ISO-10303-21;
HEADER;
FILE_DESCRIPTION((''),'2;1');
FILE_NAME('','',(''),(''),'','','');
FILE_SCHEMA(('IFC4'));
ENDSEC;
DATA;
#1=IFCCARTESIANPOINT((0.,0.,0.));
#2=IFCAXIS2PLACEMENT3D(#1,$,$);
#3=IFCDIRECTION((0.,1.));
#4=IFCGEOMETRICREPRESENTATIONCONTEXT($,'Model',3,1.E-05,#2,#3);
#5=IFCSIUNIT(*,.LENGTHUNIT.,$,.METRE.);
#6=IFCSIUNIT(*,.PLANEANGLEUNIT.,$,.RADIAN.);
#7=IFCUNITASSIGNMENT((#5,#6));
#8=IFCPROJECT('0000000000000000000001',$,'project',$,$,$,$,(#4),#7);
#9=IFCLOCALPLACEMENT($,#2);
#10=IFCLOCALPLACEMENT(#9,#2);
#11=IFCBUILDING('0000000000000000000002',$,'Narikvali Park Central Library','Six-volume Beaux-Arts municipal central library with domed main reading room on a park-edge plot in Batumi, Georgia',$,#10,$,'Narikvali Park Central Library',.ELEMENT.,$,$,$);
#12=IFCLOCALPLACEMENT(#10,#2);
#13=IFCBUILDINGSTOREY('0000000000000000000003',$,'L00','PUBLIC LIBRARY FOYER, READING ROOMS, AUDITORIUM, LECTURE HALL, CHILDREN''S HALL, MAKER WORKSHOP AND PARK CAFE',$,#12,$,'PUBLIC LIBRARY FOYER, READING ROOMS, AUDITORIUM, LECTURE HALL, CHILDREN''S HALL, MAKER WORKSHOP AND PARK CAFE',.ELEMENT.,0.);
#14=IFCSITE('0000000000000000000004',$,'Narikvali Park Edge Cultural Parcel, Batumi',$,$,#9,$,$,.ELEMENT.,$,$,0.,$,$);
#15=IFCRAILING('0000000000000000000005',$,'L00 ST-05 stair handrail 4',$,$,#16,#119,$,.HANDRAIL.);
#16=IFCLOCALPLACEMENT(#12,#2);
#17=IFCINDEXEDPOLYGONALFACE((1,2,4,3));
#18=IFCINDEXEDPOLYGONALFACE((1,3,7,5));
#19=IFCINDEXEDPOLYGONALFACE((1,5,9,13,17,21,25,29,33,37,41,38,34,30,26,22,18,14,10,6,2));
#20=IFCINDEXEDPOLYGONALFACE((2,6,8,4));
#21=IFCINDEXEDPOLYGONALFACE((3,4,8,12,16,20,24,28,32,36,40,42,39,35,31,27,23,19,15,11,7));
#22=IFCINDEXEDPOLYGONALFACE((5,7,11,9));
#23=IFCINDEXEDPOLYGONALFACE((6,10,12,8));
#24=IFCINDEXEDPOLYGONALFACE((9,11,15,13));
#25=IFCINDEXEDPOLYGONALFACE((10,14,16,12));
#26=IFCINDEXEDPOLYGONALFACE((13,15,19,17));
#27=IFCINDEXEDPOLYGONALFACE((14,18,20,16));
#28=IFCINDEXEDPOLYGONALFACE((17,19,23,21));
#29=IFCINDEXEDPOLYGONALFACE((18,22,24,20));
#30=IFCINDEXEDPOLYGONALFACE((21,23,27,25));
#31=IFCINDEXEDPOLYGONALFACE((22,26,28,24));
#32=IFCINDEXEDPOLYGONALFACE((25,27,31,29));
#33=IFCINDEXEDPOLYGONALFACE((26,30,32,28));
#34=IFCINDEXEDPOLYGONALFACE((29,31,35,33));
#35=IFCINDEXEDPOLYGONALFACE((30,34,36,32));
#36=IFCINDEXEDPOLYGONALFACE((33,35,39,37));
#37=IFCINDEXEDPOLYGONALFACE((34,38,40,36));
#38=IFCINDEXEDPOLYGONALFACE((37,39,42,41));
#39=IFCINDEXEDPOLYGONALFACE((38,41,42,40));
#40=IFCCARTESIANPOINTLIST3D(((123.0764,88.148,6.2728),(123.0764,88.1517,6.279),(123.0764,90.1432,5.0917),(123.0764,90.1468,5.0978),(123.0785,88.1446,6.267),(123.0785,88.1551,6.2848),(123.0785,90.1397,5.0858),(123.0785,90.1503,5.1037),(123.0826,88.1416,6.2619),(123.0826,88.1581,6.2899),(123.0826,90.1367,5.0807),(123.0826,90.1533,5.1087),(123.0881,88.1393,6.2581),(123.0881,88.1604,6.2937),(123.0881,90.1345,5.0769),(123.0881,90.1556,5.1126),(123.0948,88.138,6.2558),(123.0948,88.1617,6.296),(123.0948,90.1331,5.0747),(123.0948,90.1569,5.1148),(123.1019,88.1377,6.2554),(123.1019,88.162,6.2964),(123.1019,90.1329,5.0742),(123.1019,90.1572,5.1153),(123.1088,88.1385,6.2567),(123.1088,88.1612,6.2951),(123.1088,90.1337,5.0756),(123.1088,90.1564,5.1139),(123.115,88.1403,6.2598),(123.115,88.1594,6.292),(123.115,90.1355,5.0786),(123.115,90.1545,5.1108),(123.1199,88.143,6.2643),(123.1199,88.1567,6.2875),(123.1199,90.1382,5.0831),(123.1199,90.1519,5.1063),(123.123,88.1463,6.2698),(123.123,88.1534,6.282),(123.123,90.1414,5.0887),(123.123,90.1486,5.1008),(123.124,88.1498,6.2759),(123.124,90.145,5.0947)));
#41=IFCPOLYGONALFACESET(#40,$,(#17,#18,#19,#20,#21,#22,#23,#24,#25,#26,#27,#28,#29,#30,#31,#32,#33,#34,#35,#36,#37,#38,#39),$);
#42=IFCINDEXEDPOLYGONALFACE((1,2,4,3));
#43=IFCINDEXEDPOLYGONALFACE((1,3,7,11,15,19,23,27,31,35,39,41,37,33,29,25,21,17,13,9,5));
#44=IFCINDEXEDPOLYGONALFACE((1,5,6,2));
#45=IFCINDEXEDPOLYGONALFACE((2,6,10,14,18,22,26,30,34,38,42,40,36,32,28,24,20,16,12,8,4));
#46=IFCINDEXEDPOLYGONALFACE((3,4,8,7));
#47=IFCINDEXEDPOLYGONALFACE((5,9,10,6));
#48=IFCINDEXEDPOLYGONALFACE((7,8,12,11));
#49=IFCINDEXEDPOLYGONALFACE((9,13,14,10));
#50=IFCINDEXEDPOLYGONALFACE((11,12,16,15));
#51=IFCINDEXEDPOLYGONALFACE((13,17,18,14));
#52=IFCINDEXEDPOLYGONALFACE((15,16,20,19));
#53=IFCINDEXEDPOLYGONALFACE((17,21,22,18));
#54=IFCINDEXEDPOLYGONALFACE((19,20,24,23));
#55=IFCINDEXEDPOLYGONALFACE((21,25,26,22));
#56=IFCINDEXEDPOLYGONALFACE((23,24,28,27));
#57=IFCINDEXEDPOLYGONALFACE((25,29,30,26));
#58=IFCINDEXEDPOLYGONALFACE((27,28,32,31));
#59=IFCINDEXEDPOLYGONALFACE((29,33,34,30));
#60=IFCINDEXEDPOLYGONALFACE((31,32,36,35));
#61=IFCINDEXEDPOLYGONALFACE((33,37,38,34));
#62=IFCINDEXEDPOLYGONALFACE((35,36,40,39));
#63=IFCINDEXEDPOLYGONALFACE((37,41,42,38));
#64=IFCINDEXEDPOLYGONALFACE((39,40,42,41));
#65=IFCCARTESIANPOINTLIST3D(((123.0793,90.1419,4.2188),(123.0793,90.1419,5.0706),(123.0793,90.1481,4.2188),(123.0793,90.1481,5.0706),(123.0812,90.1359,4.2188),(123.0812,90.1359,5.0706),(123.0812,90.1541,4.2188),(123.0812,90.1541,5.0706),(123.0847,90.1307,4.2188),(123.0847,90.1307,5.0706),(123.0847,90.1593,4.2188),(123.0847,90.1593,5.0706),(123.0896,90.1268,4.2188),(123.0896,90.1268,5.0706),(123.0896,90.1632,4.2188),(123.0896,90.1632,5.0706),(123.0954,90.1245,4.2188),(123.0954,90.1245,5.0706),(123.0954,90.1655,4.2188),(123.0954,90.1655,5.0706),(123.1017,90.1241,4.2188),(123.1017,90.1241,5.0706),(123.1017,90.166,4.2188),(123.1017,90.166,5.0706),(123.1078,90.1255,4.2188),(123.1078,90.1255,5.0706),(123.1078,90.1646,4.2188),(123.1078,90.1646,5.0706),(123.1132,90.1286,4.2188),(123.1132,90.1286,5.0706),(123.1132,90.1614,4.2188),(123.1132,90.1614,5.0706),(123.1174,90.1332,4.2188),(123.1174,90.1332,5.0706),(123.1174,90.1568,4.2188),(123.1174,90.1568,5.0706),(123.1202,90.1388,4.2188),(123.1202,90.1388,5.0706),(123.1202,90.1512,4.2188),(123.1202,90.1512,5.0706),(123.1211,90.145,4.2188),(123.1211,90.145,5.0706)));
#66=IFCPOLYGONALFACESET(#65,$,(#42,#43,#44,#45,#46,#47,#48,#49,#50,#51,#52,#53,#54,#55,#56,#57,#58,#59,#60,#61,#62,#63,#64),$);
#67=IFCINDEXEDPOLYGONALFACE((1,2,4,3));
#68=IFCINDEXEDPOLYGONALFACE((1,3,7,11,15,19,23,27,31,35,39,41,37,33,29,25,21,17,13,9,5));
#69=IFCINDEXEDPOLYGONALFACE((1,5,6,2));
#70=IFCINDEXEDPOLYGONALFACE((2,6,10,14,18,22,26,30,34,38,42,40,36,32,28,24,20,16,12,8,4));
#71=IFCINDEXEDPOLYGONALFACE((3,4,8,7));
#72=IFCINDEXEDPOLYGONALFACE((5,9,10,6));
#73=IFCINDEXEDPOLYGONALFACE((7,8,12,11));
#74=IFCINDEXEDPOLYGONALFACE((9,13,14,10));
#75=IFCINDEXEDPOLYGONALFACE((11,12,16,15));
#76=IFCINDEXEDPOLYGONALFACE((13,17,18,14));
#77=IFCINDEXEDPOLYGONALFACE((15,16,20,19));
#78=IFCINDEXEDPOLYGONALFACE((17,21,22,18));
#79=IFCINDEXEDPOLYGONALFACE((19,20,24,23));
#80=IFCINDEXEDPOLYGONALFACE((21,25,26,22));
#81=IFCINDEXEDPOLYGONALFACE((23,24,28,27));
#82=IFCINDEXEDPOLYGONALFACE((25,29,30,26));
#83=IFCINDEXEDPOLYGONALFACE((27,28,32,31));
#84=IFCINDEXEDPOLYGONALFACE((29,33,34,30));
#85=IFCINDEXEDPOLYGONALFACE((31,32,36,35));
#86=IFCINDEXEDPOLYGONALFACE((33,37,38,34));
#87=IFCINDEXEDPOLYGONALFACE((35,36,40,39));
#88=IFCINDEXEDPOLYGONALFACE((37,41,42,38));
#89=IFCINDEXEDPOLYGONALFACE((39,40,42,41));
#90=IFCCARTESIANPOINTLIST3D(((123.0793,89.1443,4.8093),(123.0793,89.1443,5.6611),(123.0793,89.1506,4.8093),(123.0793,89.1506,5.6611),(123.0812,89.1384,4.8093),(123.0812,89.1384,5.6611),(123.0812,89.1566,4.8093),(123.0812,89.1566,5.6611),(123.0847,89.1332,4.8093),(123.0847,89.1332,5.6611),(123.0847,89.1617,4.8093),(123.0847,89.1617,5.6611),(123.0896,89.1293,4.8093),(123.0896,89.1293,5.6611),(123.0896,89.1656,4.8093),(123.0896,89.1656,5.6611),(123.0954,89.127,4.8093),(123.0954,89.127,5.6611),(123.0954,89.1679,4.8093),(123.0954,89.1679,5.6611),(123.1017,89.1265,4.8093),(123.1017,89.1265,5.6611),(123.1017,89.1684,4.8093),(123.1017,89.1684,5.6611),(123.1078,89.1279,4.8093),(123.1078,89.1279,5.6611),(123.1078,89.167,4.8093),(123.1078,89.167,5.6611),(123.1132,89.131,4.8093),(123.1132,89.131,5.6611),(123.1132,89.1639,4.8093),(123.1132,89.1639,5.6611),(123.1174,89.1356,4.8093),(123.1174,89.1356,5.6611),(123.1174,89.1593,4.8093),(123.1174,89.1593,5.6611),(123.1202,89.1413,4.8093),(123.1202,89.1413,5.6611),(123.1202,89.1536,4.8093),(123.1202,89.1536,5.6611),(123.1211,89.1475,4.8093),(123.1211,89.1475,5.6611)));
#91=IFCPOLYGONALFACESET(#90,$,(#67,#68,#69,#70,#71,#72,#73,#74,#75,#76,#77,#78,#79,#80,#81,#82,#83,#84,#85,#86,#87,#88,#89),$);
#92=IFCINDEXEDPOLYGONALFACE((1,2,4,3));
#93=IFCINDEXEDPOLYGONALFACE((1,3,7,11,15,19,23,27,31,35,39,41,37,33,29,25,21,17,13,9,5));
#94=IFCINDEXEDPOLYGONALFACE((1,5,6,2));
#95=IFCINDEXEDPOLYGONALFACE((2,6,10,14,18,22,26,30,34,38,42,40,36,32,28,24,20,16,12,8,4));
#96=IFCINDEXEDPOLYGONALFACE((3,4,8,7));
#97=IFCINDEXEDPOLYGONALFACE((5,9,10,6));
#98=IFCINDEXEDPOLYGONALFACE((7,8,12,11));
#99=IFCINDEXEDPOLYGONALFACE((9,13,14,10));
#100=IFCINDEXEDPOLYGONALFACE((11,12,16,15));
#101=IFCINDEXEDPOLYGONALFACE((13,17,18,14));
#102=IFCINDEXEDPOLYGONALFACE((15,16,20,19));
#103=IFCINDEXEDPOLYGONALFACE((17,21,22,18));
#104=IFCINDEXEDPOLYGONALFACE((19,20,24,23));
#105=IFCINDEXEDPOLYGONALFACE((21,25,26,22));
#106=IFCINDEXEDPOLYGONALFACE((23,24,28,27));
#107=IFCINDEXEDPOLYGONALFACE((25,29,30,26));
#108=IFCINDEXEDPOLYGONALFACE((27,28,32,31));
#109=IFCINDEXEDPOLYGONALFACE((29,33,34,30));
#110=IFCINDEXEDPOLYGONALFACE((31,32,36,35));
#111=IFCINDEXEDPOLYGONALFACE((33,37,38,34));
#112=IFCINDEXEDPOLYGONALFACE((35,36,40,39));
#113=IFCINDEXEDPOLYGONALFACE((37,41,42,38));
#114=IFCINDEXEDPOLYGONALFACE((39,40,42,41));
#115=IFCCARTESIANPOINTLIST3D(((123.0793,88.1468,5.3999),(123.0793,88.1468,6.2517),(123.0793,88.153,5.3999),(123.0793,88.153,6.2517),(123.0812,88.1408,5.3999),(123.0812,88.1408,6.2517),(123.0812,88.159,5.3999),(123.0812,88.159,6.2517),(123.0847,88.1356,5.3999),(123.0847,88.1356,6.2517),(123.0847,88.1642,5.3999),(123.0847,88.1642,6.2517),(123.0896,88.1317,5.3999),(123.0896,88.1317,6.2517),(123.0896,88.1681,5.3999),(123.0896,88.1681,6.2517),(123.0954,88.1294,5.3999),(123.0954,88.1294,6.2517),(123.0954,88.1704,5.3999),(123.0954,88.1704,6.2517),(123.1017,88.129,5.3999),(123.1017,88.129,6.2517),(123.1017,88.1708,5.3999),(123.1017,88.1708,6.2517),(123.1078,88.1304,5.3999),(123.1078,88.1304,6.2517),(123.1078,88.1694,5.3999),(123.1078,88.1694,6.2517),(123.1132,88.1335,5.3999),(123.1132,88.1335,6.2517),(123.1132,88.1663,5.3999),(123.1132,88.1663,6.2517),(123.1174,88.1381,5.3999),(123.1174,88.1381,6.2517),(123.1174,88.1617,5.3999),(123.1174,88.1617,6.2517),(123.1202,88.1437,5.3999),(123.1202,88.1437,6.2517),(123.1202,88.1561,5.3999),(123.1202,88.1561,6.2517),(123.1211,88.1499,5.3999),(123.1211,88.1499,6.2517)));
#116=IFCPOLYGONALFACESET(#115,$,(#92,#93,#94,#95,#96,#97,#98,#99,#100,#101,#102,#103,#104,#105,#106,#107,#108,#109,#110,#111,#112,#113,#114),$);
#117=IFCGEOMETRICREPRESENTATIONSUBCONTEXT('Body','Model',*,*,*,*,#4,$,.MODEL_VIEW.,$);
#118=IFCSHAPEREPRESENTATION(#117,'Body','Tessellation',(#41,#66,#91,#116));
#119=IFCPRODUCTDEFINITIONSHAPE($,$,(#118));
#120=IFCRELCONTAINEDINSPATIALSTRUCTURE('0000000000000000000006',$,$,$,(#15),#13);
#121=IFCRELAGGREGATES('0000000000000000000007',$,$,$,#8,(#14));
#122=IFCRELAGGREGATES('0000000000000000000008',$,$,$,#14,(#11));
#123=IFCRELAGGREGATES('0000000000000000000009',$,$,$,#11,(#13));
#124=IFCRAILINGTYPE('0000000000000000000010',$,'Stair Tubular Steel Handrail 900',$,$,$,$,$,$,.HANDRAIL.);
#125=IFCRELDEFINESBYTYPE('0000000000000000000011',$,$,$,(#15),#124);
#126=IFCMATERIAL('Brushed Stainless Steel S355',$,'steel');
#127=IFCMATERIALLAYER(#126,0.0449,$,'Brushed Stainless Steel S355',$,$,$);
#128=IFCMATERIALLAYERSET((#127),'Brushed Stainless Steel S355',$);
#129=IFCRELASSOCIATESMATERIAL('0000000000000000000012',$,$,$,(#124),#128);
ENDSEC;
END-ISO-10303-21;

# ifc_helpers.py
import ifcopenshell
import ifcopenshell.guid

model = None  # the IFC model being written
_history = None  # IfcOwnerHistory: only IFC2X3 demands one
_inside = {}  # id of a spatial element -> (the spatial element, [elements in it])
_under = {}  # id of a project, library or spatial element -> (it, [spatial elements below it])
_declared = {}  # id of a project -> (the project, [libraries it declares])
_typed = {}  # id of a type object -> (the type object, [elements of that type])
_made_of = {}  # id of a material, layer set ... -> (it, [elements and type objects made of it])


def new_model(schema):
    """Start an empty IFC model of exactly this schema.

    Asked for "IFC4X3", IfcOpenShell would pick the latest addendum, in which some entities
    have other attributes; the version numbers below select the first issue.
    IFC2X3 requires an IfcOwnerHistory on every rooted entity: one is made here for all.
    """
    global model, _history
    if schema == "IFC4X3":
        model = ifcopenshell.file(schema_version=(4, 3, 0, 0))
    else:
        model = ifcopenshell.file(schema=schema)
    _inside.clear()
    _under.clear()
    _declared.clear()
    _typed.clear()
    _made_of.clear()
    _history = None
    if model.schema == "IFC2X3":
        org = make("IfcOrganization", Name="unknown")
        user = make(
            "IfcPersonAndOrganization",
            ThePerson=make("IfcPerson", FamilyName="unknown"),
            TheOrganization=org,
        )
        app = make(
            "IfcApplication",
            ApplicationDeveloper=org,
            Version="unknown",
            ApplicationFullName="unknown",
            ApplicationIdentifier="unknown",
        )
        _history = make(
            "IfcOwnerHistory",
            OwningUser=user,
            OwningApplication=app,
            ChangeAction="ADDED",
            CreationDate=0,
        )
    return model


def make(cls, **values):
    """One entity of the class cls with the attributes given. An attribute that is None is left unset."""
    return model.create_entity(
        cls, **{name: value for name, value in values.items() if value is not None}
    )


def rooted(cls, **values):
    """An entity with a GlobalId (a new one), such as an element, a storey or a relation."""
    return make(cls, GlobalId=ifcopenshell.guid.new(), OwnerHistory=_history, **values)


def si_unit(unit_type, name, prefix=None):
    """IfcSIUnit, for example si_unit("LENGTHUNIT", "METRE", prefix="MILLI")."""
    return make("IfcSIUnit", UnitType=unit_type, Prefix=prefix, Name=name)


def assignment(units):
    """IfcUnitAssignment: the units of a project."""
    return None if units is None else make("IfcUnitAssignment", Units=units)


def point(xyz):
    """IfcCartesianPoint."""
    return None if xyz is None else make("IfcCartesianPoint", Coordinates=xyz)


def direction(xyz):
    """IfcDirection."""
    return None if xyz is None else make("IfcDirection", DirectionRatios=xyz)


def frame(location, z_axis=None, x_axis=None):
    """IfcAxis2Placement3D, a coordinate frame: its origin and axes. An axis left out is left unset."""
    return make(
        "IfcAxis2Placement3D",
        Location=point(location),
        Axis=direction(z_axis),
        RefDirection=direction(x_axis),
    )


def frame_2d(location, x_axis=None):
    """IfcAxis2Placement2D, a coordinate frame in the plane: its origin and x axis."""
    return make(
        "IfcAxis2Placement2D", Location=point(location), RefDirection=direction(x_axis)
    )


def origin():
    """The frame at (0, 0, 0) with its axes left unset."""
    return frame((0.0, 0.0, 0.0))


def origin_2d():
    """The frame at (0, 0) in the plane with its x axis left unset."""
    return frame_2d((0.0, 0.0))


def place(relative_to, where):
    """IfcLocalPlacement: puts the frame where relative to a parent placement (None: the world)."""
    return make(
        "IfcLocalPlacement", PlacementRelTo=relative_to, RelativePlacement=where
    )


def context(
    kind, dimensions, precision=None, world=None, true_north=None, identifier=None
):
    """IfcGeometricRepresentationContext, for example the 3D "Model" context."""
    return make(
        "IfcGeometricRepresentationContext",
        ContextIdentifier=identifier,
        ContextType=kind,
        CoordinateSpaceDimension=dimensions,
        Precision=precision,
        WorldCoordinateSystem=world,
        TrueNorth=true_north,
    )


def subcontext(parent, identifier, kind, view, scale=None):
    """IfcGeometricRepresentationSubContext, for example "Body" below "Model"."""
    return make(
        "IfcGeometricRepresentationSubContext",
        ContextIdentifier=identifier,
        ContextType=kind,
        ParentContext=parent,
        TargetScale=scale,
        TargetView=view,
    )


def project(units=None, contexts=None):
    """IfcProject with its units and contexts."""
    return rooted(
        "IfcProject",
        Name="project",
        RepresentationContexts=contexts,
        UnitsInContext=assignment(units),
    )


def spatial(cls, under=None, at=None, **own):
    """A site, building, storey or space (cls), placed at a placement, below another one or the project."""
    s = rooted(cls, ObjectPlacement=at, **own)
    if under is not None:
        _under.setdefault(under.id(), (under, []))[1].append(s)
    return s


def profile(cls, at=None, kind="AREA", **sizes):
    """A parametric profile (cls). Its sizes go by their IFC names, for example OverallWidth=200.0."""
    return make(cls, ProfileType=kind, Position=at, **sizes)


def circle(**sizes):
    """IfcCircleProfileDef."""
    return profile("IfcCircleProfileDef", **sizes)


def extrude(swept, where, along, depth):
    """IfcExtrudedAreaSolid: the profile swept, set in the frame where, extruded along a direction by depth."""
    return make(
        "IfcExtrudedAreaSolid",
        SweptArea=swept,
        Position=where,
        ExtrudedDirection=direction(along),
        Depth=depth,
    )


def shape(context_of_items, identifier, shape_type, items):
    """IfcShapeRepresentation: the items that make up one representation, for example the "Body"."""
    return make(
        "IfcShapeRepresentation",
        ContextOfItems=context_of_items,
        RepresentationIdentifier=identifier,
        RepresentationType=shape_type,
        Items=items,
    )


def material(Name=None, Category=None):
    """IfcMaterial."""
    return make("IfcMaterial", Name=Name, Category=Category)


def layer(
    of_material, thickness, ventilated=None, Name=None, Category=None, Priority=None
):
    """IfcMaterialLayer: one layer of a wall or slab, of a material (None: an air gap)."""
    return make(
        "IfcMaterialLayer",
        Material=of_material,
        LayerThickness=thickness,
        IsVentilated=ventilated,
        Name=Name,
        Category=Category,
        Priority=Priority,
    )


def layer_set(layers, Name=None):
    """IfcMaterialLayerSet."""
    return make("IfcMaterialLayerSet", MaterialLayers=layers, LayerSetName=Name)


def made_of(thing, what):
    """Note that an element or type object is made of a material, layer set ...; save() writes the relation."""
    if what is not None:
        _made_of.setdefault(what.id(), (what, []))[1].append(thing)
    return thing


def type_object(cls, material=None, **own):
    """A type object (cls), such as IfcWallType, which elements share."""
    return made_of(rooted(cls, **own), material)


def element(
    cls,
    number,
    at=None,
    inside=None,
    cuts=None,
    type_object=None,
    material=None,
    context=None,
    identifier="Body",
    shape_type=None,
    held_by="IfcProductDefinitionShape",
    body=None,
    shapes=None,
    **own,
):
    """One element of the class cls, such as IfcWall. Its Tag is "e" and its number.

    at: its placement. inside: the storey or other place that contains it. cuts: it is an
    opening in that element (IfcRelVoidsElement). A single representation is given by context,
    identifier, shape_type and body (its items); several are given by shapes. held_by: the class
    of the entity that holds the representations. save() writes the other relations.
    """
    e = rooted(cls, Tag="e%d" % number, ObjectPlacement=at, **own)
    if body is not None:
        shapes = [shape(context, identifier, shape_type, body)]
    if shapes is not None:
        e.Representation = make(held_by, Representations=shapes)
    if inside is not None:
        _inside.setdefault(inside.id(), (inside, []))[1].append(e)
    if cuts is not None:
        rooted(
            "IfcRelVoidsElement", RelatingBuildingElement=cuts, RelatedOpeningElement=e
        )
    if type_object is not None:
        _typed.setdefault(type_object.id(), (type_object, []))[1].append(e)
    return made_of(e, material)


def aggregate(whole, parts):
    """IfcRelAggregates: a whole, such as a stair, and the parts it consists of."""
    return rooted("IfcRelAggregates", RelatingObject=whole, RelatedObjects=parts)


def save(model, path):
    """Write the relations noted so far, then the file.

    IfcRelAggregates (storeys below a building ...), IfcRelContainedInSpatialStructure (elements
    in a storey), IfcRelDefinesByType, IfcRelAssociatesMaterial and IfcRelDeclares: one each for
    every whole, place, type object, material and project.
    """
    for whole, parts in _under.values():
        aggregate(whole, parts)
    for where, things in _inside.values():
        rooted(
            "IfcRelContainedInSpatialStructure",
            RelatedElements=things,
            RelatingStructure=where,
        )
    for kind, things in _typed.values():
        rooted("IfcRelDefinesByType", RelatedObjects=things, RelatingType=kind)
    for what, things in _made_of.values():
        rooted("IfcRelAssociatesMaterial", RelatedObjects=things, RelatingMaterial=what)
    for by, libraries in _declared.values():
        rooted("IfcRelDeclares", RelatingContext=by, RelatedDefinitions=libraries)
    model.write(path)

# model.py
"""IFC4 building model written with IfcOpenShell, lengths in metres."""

from ifc_helpers import new_model, si_unit, direction, frame, origin, origin_2d, place, context, subcontext, project, spatial, circle, extrude, material, layer, layer_set, type_object, element, save


model = new_model("IFC4")

# Units and contexts
model_context = context("Model", 3, precision=1e-05, world=origin(), true_north=direction((0.0, 1.0)))
body_context = subcontext(model_context, "Body", "Model", "MODEL_VIEW")
ifc_project = project(units=[si_unit("LENGTHUNIT", "METRE"), si_unit("PLANEANGLEUNIT", "RADIAN")], contexts=[model_context])

# Site, building, storey
site_placement = place(None, origin())
site = spatial("IfcSite", under=ifc_project, at=site_placement, Name="Narikvali Park Edge Cultural Parcel, Batumi", CompositionType="ELEMENT", RefElevation=0.0)
building_placement = place(site_placement, origin())
building = spatial("IfcBuilding", under=site, at=building_placement, Name="Narikvali Park Central Library", Description="Six-volume Beaux-Arts municipal central library with domed main reading room on a park-edge plot in Batumi, Georgia", LongName="Narikvali Park Central Library", CompositionType="ELEMENT")
storey_placement = place(building_placement, origin())
storey = spatial("IfcBuildingStorey", under=building, at=storey_placement, Name="L00", Description="PUBLIC LIBRARY FOYER, READING ROOMS, AUDITORIUM, LECTURE HALL, CHILDREN'S HALL, MAKER WORKSHOP AND PARK CAFE", LongName="PUBLIC LIBRARY FOYER, READING ROOMS, AUDITORIUM, LECTURE HALL, CHILDREN'S HALL, MAKER WORKSHOP AND PARK CAFE", CompositionType="ELEMENT", Elevation=0.0)

# Shared definitions
ifc_material_1 = material(Name="Brushed Stainless Steel S355", Category="steel")

# Railing
ifc_layer_1 = layer(ifc_material_1, 0.0449, Name="Brushed Stainless Steel S355")
ifc_layer_set_1 = layer_set([ifc_layer_1], Name="Brushed Stainless Steel S355")
railing_type_1 = type_object("IfcRailingType", Name="Stair Tubular Steel Handrail 900", PredefinedType="HANDRAIL", material=ifc_layer_set_1)
railing_1_placement = place(storey_placement, frame((123.1001, 90.145, 4.2188)))
element("IfcRailing", 1, at=railing_1_placement, inside=storey, type_object=railing_type_1, Name="L00 ST-05 stair handrail 4", PredefinedType="HANDRAIL", context=body_context, shape_type="SweptSolid", body=[
    extrude(circle(Radius=0.0239, at=origin_2d()), frame((0.0, 0.0, 0.876), z_axis=(0.0, -0.860507, 0.509439), x_axis=(1.0, 0.0, 0.0)), (0.0, 0.0, 1.0), 2.3186),
    extrude(circle(Radius=0.021, at=origin_2d()), origin(), (0.0, 0.0, 1.0), 0.8518),
    extrude(circle(Radius=0.021, at=origin_2d()), frame((0.0, -0.9976, 0.5906)), (0.0, 0.0, 1.0), 0.8518),
    extrude(circle(Radius=0.021, at=origin_2d()), frame((0.0, -1.9951, 1.1812)), (0.0, 0.0, 1.0), 0.8518),
])

save(model, "model.ifc")
